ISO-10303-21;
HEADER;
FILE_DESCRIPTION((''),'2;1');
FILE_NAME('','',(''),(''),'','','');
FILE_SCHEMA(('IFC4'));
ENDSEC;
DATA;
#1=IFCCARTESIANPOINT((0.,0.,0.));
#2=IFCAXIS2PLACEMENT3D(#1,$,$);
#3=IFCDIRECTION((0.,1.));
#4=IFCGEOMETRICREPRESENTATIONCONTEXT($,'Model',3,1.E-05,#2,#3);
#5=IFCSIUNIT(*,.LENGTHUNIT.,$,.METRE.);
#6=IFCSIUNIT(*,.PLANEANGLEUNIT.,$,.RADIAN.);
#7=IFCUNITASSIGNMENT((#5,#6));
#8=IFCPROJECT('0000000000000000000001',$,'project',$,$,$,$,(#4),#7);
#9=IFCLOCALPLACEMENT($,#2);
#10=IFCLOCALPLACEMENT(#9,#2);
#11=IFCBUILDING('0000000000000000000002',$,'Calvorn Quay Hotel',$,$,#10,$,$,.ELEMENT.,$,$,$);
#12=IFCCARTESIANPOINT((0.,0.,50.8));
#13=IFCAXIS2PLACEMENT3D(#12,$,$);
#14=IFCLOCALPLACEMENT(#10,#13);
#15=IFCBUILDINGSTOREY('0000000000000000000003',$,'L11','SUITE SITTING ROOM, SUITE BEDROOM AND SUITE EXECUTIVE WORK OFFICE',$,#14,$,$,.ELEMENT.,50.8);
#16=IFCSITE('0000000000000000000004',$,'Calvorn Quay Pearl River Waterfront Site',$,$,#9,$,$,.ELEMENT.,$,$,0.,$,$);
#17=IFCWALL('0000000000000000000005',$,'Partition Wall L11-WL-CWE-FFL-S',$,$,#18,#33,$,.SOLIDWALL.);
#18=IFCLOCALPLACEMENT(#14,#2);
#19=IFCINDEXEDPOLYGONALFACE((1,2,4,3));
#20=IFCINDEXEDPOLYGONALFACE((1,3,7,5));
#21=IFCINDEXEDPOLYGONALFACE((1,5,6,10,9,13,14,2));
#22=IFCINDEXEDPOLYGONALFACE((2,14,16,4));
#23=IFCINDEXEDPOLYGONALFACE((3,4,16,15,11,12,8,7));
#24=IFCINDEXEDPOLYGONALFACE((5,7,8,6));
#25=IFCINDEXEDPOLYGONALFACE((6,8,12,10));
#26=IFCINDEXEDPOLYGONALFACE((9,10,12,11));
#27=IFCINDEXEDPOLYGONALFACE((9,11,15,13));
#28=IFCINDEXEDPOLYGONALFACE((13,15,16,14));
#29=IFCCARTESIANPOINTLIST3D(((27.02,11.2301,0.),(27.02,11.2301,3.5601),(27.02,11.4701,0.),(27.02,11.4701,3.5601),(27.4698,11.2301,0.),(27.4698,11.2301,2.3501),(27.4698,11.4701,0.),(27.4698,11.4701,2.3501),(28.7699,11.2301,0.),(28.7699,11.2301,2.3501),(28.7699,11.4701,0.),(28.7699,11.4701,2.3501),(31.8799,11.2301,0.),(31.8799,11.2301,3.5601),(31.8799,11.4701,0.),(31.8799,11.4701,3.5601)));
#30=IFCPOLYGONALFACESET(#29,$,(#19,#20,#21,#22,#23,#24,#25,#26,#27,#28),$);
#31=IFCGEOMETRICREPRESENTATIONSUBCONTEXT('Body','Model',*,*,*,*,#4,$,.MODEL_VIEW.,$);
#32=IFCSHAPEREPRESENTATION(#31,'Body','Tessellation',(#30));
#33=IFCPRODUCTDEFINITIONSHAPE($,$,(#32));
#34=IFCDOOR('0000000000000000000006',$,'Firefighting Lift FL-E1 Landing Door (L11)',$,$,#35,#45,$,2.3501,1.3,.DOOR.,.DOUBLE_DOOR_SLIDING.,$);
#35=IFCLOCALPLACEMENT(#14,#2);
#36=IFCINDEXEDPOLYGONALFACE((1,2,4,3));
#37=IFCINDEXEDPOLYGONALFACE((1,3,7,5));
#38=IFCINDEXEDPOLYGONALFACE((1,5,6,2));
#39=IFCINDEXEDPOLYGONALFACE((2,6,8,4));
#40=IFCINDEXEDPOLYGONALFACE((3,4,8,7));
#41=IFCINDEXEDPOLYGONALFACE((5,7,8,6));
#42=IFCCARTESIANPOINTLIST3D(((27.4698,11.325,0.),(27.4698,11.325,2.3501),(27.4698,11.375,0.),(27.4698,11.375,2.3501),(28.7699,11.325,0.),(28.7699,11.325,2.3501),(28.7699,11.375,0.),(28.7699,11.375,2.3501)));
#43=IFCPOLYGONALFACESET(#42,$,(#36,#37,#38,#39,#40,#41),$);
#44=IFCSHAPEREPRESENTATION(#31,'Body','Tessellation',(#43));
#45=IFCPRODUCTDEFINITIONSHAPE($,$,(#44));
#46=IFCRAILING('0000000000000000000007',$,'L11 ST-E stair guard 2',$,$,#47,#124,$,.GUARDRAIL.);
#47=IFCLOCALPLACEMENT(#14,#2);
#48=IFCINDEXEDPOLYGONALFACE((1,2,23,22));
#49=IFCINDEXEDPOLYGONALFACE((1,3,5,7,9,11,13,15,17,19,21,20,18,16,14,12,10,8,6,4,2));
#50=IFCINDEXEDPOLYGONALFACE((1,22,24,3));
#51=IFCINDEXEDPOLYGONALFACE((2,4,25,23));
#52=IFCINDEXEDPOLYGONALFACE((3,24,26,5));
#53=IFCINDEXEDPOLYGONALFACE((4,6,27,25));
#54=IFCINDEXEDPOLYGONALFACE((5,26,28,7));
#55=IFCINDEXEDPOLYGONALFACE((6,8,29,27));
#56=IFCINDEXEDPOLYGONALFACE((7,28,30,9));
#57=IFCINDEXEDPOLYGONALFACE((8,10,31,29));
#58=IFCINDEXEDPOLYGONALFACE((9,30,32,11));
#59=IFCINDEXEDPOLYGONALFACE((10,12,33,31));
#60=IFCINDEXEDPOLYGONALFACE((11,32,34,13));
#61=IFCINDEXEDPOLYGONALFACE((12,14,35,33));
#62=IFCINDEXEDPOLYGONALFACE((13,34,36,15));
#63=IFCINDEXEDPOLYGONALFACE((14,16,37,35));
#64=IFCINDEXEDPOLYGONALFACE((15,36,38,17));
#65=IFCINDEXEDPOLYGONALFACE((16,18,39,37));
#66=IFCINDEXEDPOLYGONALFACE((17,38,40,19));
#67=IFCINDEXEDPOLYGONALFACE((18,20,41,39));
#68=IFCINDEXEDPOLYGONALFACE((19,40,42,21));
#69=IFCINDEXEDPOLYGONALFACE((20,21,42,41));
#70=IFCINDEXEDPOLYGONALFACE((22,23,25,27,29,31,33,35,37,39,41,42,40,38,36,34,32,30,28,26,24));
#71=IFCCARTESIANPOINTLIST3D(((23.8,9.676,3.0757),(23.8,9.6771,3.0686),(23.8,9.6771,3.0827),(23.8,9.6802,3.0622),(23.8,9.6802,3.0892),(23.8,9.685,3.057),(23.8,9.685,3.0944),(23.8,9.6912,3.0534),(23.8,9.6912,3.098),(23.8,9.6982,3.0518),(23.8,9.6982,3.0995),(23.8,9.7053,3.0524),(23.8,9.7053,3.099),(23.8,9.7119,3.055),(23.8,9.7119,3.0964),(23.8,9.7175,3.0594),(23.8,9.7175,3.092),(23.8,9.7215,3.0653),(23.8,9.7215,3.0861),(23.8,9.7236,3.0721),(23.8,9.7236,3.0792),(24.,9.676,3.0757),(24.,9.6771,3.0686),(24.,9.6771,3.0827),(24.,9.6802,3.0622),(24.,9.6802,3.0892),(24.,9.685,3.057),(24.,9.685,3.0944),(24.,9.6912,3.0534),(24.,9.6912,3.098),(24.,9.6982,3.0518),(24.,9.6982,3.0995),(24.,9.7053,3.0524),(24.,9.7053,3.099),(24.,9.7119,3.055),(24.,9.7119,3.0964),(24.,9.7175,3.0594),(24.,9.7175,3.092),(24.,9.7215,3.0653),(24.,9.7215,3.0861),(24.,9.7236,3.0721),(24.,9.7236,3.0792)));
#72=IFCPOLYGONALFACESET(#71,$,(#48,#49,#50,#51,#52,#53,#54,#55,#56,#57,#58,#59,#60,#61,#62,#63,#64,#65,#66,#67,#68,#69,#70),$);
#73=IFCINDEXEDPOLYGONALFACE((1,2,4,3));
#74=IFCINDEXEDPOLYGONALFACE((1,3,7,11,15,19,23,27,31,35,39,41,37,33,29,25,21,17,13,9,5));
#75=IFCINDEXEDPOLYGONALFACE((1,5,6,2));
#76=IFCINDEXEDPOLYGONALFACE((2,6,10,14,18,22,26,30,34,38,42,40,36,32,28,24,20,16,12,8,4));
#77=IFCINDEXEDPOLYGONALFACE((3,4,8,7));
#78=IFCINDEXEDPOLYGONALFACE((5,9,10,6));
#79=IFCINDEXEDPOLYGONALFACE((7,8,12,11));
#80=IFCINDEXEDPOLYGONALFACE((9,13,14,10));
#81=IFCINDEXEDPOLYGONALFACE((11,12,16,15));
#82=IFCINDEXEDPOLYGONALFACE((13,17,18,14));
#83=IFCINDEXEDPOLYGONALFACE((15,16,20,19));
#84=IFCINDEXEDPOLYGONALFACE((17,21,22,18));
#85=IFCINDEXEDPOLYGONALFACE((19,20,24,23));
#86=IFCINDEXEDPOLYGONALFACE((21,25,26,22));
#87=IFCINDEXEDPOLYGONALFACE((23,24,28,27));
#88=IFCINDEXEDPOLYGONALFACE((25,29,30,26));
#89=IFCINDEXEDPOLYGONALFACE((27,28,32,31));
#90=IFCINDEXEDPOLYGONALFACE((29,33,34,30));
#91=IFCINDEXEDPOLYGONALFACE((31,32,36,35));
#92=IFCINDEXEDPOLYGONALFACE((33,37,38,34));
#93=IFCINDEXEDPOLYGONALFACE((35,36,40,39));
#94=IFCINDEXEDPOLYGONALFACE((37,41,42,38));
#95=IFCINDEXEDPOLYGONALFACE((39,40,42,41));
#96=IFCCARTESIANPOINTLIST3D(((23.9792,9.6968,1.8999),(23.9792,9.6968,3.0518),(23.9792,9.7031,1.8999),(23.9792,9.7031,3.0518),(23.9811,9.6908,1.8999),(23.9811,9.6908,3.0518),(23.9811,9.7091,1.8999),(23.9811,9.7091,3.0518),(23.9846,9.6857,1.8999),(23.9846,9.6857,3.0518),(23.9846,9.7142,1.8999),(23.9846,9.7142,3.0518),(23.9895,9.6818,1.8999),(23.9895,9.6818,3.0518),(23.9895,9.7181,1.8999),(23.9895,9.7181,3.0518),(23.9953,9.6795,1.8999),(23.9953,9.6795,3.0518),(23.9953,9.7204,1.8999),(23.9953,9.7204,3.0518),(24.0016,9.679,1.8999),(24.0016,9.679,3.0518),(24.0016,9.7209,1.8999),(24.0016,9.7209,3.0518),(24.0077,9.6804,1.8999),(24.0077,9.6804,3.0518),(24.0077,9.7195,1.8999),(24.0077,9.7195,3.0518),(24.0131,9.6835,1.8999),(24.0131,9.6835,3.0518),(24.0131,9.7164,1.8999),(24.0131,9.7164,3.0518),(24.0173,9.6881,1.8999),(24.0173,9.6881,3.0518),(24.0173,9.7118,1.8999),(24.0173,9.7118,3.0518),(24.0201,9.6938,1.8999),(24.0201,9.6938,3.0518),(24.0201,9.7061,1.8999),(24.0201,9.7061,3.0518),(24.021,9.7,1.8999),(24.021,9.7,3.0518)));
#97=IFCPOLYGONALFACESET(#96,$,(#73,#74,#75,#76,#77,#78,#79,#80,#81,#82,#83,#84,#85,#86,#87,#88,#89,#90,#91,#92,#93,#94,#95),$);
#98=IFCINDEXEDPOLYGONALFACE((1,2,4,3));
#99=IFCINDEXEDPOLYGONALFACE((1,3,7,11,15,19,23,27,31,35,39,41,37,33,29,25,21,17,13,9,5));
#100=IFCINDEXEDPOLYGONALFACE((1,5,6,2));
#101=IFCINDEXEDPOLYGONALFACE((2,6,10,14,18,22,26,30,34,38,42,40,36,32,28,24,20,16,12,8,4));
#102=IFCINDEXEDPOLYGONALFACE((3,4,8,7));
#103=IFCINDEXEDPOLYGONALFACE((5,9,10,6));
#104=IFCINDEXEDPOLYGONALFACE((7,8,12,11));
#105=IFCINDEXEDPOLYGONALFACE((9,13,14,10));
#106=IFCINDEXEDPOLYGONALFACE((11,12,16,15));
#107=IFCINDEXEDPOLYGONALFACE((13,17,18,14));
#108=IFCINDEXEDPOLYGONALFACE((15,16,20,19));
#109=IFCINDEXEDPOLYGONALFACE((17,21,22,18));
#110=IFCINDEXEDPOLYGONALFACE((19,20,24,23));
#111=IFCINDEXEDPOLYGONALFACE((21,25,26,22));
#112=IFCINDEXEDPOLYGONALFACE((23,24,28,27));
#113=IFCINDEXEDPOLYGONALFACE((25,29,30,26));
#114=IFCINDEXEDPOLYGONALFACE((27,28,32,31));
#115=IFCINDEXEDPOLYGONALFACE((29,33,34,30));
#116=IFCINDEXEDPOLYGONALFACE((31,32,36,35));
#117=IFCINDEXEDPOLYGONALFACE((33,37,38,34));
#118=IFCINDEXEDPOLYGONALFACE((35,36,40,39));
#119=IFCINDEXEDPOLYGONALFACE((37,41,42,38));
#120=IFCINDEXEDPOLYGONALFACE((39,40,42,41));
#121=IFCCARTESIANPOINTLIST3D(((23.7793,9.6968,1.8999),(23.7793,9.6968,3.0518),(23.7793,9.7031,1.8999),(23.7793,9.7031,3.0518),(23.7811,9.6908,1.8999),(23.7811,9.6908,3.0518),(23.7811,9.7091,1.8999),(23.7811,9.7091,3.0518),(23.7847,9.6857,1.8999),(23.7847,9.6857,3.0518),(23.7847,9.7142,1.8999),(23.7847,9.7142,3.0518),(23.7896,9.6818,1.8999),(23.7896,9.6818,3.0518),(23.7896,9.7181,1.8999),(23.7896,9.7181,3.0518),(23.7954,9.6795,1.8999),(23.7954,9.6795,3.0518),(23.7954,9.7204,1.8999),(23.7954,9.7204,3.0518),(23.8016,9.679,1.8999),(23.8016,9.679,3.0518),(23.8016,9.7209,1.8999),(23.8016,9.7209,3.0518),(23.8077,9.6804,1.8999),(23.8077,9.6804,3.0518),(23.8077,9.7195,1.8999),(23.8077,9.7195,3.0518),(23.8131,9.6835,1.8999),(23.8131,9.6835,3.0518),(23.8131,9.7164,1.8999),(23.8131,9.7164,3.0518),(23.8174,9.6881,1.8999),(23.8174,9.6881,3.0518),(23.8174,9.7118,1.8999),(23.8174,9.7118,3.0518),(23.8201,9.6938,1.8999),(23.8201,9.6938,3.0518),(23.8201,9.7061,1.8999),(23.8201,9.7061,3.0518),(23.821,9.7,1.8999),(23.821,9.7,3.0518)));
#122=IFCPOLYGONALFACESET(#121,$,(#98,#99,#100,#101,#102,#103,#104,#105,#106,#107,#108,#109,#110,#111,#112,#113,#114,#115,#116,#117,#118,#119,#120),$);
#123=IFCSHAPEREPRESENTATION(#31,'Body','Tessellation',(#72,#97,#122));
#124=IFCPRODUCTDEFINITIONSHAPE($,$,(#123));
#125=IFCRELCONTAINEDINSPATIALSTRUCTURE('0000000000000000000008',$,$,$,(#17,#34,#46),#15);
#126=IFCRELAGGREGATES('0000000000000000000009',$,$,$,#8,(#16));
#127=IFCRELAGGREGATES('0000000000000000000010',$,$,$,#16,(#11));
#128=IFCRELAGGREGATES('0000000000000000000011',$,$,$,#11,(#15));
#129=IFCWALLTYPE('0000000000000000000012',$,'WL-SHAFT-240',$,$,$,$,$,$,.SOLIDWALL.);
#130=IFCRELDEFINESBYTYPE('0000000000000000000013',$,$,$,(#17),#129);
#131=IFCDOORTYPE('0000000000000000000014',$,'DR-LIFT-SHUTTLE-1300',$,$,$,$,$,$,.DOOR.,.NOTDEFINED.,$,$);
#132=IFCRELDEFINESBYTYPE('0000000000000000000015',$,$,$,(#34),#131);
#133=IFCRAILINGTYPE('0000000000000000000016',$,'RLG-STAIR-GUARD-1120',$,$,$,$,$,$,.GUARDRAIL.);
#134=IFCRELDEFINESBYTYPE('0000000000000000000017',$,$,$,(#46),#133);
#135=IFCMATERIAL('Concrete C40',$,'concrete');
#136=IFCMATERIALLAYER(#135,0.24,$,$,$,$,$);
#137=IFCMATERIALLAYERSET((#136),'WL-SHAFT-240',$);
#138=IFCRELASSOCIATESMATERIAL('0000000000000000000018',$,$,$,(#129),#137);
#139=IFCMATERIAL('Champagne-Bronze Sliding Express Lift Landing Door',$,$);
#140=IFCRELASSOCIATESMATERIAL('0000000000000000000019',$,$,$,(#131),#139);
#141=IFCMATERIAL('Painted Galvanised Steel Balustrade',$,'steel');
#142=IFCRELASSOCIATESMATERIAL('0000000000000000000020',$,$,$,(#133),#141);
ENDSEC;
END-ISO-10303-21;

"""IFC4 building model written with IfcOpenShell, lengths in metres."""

from ifc_helpers import new_model, si_unit, direction, frame, frame_2d, origin, origin_2d, place, context, subcontext, project, spatial, rectangle, circle, extrude, material, layer, layer_set, type_object, element, fill, save


model = new_model("IFC4")

# Units and contexts
model_context = context("Model", 3, precision=1e-05, world=origin(), true_north=direction((0.0, 1.0)))
body_context = subcontext(model_context, "Body", "Model", "MODEL_VIEW")
ifc_project = project(units=[si_unit("LENGTHUNIT", "METRE"), si_unit("PLANEANGLEUNIT", "RADIAN")], contexts=[model_context])

# Site, building, storey
site_placement = place(None, origin())
site = spatial("IfcSite", under=ifc_project, at=site_placement, Name="Calvorn Quay Pearl River Waterfront Site", CompositionType="ELEMENT", RefElevation=0.0)
building_placement = place(site_placement, origin())
building = spatial("IfcBuilding", under=site, at=building_placement, Name="Calvorn Quay Hotel", CompositionType="ELEMENT")
storey_placement = place(building_placement, frame((0.0, 0.0, 50.8)))
storey = spatial("IfcBuildingStorey", under=building, at=storey_placement, Name="L11", Description="SUITE SITTING ROOM, SUITE BEDROOM AND SUITE EXECUTIVE WORK OFFICE", CompositionType="ELEMENT", Elevation=50.8)

# Shared definitions
ifc_material_1 = material(Name="Concrete C40", Category="concrete")
ifc_layer_1 = layer(ifc_material_1, 0.24)
ifc_layer_set_1 = layer_set([ifc_layer_1], Name="WL-SHAFT-240")
wall_type_1 = type_object("IfcWallType", Name="WL-SHAFT-240", PredefinedType="SOLIDWALL", material=ifc_layer_set_1)

# Wall, opening, door
wall_1_placement = place(storey_placement, frame((27.02, 11.3501, 0.0), z_axis=(0.0, 0.0, 1.0), x_axis=(1.0, 0.0, 0.0)))
wall_1 = element("IfcWall", 1, at=wall_1_placement, inside=storey, type_object=wall_type_1, Name="Partition Wall L11-WL-CWE-FFL-S", PredefinedType="SOLIDWALL", context=body_context, shape_type="SweptSolid", body=[
    extrude(rectangle(XDim=4.8599, YDim=0.24, at=frame_2d((2.4299, 0.0))), origin(), (0.0, 0.0, 1.0), 3.5601),
])
opening_1_placement = place(wall_1_placement, frame((0.45, 0.0, 0.0)))
opening_1 = element("IfcOpeningElement", 2, at=opening_1_placement, cuts=wall_1, PredefinedType="OPENING", context=body_context, shape_type="SweptSolid", body=[
    extrude(rectangle(XDim=1.3, YDim=2.3501, at=frame_2d((0.6499, 1.175))), frame((0.0, 0.1299, 0.0), z_axis=(0.0, -1.0, 0.0), x_axis=(1.0, 0.0, 0.0)), (0.0, 0.0, 1.0), 0.26),
])
ifc_material_2 = material(Name="Champagne-Bronze Sliding Express Lift Landing Door")
door_type_1 = type_object("IfcDoorType", Name="DR-LIFT-SHUTTLE-1300", OperationType="NOTDEFINED", PredefinedType="DOOR", material=ifc_material_2)
door_1_placement = place(opening_1_placement, origin())
door_1 = element("IfcDoor", 3, at=door_1_placement, inside=storey, type_object=door_type_1, Name="Firefighting Lift FL-E1 Landing Door (L11)", OperationType="DOUBLE_DOOR_SLIDING", OverallHeight=2.3501, OverallWidth=1.3, PredefinedType="DOOR", context=body_context, shape_type="SweptSolid", body=[
    extrude(rectangle(XDim=1.3, YDim=2.3501, at=frame_2d((0.6499, 1.175))), frame((0.0, 0.0249, 0.0), z_axis=(0.0, -1.0, 0.0), x_axis=(1.0, 0.0, 0.0)), (0.0, 0.0, 1.0), 0.05),
])
fill(opening_1, door_1)

# Railing
ifc_material_3 = material(Name="Painted Galvanised Steel Balustrade", Category="steel")
railing_type = type_object("IfcRailingType", Name="RLG-STAIR-GUARD-1120", PredefinedType="GUARDRAIL", material=ifc_material_3)
railing_placement = place(storey_placement, frame((24.0, 9.7, 1.8999)))
element("IfcRailing", 4, at=railing_placement, inside=storey, type_object=railing_type, Name="L11 ST-E stair guard 2", PredefinedType="GUARDRAIL", context=body_context, shape_type="SweptSolid", body=[
    extrude(circle(Radius=0.0239, at=origin_2d()), frame((0.0, 0.0, 1.1758), z_axis=(-1.0, 0.0, 0.0), x_axis=(0.0, -1.0, 0.0)), (0.0, 0.0, 1.0), 0.2),
    extrude(circle(Radius=0.021, at=origin_2d()), origin(), (0.0, 0.0, 1.0), 1.1519),
    extrude(circle(Radius=0.021, at=origin_2d()), frame((-0.2, 0.0, 0.0)), (0.0, 0.0, 1.0), 1.1519),
])

save(model, "model.ifc")
